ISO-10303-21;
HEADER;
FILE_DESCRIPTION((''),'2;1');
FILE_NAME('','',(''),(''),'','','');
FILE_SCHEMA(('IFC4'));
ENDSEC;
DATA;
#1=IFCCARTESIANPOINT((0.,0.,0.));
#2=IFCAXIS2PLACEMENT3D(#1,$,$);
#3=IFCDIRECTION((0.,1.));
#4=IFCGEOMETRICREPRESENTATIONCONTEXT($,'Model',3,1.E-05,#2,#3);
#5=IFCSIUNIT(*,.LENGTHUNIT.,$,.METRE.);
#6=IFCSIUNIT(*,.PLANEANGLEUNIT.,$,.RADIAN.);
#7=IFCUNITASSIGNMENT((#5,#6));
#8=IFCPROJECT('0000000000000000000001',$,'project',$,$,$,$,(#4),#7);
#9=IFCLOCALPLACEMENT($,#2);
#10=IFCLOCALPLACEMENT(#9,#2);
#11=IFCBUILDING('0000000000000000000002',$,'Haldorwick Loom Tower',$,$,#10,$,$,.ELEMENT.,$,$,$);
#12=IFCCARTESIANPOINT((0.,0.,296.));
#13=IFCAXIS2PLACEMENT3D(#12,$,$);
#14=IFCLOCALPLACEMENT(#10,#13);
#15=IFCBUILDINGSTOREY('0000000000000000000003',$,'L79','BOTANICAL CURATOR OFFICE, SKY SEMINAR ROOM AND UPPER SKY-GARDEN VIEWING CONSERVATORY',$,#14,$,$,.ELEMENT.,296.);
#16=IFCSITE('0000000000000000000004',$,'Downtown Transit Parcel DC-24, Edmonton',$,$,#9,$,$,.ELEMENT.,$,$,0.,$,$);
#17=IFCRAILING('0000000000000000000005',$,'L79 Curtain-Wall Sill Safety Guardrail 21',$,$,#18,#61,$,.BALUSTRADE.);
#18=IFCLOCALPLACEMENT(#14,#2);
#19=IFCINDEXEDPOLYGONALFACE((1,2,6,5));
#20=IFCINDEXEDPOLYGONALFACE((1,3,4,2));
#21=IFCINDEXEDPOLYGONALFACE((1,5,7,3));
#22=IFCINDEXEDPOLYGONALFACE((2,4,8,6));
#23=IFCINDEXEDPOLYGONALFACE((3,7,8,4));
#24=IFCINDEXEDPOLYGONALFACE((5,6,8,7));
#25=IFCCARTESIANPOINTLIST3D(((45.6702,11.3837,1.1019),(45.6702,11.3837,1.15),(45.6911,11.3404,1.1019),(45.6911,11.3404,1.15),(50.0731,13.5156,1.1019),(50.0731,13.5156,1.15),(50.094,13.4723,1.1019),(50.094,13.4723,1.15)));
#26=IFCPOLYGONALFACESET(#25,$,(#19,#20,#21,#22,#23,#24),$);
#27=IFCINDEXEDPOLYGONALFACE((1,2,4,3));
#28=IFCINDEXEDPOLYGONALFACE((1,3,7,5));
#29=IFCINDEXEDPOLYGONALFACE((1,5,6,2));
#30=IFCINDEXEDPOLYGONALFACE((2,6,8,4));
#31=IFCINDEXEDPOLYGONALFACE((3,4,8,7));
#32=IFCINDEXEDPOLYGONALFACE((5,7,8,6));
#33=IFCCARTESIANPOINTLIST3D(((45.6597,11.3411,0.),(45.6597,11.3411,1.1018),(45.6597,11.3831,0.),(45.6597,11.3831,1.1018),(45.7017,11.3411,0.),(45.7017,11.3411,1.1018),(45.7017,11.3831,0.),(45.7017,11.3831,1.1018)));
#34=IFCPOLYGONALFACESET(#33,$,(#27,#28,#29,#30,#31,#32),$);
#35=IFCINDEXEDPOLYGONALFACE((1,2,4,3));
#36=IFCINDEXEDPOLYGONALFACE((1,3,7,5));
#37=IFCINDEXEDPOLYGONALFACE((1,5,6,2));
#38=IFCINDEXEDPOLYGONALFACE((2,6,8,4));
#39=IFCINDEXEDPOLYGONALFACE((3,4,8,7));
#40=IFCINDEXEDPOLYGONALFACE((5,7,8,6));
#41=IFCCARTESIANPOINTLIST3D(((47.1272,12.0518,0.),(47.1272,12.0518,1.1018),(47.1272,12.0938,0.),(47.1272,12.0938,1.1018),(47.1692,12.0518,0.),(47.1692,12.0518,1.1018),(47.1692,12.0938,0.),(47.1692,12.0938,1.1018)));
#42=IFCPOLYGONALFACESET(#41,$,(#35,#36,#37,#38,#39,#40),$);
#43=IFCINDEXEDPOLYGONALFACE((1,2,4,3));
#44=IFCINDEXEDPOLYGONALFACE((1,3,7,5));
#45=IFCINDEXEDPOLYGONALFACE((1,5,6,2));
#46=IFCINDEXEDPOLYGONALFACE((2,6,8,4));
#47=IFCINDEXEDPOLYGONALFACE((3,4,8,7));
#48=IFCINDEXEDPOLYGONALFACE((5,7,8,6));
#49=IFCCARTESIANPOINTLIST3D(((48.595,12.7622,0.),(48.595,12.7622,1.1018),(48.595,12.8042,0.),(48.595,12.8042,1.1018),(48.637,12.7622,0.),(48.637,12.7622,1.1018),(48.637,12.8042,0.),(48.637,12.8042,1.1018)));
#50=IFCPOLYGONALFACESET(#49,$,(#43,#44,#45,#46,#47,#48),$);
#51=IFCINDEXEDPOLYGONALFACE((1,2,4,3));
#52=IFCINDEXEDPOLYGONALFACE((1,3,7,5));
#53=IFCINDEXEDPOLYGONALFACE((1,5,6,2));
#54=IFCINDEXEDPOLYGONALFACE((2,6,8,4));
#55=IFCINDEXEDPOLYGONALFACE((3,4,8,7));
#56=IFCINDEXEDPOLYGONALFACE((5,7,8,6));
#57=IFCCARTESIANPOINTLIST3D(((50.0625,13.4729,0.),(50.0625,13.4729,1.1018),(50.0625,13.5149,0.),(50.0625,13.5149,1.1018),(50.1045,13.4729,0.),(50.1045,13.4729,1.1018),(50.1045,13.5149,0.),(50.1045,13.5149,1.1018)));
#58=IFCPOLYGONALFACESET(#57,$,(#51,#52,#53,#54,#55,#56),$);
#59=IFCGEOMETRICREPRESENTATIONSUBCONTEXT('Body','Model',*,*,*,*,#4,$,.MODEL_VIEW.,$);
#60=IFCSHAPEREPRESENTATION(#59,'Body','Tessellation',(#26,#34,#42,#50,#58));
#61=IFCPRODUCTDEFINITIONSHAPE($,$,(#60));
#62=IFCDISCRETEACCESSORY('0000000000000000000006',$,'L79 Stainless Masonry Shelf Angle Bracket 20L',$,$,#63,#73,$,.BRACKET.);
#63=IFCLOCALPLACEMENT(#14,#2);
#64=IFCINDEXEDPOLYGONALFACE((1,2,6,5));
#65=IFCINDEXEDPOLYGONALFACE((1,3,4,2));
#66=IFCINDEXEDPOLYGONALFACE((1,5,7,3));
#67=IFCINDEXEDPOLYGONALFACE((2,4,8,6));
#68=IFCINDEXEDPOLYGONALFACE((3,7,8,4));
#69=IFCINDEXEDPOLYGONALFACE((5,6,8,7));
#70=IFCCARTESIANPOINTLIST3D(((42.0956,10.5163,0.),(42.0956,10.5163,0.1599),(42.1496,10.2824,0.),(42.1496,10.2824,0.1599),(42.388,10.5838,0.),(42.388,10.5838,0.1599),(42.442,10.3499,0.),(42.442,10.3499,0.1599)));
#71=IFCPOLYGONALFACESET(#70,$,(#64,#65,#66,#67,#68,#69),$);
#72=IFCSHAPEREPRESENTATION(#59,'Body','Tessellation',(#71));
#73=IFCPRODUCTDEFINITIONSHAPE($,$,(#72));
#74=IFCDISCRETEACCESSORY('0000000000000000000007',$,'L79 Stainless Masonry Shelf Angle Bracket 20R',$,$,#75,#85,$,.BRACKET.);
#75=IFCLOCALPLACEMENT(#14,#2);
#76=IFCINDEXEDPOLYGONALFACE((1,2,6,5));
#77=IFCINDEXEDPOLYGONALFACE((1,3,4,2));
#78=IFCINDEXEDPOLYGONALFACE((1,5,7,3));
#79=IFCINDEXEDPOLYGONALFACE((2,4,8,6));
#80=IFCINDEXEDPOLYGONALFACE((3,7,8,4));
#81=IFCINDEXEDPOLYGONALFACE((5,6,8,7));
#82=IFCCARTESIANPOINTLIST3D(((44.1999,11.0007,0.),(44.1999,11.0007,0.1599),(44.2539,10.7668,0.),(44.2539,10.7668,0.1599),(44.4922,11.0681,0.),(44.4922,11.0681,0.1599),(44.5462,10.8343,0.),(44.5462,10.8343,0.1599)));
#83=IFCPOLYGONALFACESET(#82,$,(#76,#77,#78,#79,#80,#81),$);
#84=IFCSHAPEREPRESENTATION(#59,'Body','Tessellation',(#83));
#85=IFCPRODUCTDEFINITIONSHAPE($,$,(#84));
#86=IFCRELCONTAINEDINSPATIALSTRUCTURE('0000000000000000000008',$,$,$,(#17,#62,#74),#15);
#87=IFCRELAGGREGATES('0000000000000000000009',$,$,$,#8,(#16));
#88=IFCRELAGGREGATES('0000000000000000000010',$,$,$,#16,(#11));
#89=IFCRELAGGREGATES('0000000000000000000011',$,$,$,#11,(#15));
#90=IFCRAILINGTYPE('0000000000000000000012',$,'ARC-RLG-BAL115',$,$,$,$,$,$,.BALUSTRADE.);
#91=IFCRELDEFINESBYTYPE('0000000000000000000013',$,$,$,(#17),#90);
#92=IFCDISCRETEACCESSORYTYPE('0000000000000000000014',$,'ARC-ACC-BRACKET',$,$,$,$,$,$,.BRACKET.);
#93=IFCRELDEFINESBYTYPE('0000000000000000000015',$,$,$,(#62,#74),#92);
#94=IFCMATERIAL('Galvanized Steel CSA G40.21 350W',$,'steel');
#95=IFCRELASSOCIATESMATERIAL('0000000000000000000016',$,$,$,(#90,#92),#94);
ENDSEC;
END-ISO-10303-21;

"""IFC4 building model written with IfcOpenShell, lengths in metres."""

from ifc_helpers import new_model, si_unit, direction, frame, origin, origin_2d, place, context, subcontext, project, spatial, rectangle, extrude, material, type_object, element, save


model = new_model("IFC4")

# Units and contexts
model_context = context("Model", 3, precision=1e-05, world=origin(), true_north=direction((0.0, 1.0)))
body_context = subcontext(model_context, "Body", "Model", "MODEL_VIEW")
ifc_project = project(units=[si_unit("LENGTHUNIT", "METRE"), si_unit("PLANEANGLEUNIT", "RADIAN")], contexts=[model_context])

# Site, building, storey
site_placement = place(None, origin())
site = spatial("IfcSite", under=ifc_project, at=site_placement, Name="Downtown Transit Parcel DC-24, Edmonton", CompositionType="ELEMENT", RefElevation=0.0)
building_placement = place(site_placement, origin())
building = spatial("IfcBuilding", under=site, at=building_placement, Name="Haldorwick Loom Tower", CompositionType="ELEMENT")
storey_placement = place(building_placement, frame((0.0, 0.0, 296.0)))
storey = spatial("IfcBuildingStorey", under=building, at=storey_placement, Name="L79", Description="BOTANICAL CURATOR OFFICE, SKY SEMINAR ROOM AND UPPER SKY-GARDEN VIEWING CONSERVATORY", CompositionType="ELEMENT", Elevation=296.0)

# Railing
ifc_material_1 = material(Name="Galvanized Steel CSA G40.21 350W", Category="steel")
railing_type = type_object("IfcRailingType", Name="ARC-RLG-BAL115", PredefinedType="BALUSTRADE", material=ifc_material_1)
railing_1_placement = place(storey_placement, frame((45.6807, 11.3621, 0.0)))
element("IfcRailing", 1, at=railing_1_placement, inside=storey, type_object=railing_type, Name="L79 Curtain-Wall Sill Safety Guardrail 21", PredefinedType="BALUSTRADE", context=body_context, shape_type="SweptSolid", body=[
    extrude(rectangle(XDim=0.0481, YDim=0.0481, at=origin_2d()), frame((0.0, 0.0, 1.126), z_axis=(0.900044, 0.435798, 0.0), x_axis=(-0.435798, 0.900044, 0.0)), (0.0, 0.0, 1.0), 4.8918),
    extrude(rectangle(XDim=0.042, YDim=0.042, at=origin_2d()), origin(), (0.0, 0.0, 1.0), 1.1018),
    extrude(rectangle(XDim=0.042, YDim=0.042, at=origin_2d()), frame((1.4675, 0.7107, 0.0)), (0.0, 0.0, 1.0), 1.1018),
    extrude(rectangle(XDim=0.042, YDim=0.042, at=origin_2d()), frame((2.9353, 1.4211, 0.0)), (0.0, 0.0, 1.0), 1.1018),
    extrude(rectangle(XDim=0.042, YDim=0.042, at=origin_2d()), frame((4.4028, 2.1318, 0.0)), (0.0, 0.0, 1.0), 1.1018),
])

# Discrete accessories
discrete_accessory_type = type_object("IfcDiscreteAccessoryType", Name="ARC-ACC-BRACKET", PredefinedType="BRACKET", material=ifc_material_1)
for number, where, z_axis, x_axis, name in (
    (2, (42.2688, 10.4331, 0.0), (0.0, 0.0, 1.0), (0.97437, 0.224951, 0.0), "L79 Stainless Masonry Shelf Angle Bracket 20L"),
    (3, (44.373, 10.9175, 0.0), (0.0, 0.0, 1.0), (0.97437, 0.224951, 0.0), "L79 Stainless Masonry Shelf Angle Bracket 20R"),
):
    element("IfcDiscreteAccessory", number, at=place(storey_placement, frame(where, z_axis=z_axis, x_axis=x_axis)), inside=storey, type_object=discrete_accessory_type, Name=name, PredefinedType="BRACKET", context=body_context, shape_type="SweptSolid", body=[
        extrude(rectangle(XDim=0.3, YDim=0.24, at=origin_2d()), origin(), (0.0, 0.0, 1.0), 0.1599),
    ])

save(model, "model.ifc")
